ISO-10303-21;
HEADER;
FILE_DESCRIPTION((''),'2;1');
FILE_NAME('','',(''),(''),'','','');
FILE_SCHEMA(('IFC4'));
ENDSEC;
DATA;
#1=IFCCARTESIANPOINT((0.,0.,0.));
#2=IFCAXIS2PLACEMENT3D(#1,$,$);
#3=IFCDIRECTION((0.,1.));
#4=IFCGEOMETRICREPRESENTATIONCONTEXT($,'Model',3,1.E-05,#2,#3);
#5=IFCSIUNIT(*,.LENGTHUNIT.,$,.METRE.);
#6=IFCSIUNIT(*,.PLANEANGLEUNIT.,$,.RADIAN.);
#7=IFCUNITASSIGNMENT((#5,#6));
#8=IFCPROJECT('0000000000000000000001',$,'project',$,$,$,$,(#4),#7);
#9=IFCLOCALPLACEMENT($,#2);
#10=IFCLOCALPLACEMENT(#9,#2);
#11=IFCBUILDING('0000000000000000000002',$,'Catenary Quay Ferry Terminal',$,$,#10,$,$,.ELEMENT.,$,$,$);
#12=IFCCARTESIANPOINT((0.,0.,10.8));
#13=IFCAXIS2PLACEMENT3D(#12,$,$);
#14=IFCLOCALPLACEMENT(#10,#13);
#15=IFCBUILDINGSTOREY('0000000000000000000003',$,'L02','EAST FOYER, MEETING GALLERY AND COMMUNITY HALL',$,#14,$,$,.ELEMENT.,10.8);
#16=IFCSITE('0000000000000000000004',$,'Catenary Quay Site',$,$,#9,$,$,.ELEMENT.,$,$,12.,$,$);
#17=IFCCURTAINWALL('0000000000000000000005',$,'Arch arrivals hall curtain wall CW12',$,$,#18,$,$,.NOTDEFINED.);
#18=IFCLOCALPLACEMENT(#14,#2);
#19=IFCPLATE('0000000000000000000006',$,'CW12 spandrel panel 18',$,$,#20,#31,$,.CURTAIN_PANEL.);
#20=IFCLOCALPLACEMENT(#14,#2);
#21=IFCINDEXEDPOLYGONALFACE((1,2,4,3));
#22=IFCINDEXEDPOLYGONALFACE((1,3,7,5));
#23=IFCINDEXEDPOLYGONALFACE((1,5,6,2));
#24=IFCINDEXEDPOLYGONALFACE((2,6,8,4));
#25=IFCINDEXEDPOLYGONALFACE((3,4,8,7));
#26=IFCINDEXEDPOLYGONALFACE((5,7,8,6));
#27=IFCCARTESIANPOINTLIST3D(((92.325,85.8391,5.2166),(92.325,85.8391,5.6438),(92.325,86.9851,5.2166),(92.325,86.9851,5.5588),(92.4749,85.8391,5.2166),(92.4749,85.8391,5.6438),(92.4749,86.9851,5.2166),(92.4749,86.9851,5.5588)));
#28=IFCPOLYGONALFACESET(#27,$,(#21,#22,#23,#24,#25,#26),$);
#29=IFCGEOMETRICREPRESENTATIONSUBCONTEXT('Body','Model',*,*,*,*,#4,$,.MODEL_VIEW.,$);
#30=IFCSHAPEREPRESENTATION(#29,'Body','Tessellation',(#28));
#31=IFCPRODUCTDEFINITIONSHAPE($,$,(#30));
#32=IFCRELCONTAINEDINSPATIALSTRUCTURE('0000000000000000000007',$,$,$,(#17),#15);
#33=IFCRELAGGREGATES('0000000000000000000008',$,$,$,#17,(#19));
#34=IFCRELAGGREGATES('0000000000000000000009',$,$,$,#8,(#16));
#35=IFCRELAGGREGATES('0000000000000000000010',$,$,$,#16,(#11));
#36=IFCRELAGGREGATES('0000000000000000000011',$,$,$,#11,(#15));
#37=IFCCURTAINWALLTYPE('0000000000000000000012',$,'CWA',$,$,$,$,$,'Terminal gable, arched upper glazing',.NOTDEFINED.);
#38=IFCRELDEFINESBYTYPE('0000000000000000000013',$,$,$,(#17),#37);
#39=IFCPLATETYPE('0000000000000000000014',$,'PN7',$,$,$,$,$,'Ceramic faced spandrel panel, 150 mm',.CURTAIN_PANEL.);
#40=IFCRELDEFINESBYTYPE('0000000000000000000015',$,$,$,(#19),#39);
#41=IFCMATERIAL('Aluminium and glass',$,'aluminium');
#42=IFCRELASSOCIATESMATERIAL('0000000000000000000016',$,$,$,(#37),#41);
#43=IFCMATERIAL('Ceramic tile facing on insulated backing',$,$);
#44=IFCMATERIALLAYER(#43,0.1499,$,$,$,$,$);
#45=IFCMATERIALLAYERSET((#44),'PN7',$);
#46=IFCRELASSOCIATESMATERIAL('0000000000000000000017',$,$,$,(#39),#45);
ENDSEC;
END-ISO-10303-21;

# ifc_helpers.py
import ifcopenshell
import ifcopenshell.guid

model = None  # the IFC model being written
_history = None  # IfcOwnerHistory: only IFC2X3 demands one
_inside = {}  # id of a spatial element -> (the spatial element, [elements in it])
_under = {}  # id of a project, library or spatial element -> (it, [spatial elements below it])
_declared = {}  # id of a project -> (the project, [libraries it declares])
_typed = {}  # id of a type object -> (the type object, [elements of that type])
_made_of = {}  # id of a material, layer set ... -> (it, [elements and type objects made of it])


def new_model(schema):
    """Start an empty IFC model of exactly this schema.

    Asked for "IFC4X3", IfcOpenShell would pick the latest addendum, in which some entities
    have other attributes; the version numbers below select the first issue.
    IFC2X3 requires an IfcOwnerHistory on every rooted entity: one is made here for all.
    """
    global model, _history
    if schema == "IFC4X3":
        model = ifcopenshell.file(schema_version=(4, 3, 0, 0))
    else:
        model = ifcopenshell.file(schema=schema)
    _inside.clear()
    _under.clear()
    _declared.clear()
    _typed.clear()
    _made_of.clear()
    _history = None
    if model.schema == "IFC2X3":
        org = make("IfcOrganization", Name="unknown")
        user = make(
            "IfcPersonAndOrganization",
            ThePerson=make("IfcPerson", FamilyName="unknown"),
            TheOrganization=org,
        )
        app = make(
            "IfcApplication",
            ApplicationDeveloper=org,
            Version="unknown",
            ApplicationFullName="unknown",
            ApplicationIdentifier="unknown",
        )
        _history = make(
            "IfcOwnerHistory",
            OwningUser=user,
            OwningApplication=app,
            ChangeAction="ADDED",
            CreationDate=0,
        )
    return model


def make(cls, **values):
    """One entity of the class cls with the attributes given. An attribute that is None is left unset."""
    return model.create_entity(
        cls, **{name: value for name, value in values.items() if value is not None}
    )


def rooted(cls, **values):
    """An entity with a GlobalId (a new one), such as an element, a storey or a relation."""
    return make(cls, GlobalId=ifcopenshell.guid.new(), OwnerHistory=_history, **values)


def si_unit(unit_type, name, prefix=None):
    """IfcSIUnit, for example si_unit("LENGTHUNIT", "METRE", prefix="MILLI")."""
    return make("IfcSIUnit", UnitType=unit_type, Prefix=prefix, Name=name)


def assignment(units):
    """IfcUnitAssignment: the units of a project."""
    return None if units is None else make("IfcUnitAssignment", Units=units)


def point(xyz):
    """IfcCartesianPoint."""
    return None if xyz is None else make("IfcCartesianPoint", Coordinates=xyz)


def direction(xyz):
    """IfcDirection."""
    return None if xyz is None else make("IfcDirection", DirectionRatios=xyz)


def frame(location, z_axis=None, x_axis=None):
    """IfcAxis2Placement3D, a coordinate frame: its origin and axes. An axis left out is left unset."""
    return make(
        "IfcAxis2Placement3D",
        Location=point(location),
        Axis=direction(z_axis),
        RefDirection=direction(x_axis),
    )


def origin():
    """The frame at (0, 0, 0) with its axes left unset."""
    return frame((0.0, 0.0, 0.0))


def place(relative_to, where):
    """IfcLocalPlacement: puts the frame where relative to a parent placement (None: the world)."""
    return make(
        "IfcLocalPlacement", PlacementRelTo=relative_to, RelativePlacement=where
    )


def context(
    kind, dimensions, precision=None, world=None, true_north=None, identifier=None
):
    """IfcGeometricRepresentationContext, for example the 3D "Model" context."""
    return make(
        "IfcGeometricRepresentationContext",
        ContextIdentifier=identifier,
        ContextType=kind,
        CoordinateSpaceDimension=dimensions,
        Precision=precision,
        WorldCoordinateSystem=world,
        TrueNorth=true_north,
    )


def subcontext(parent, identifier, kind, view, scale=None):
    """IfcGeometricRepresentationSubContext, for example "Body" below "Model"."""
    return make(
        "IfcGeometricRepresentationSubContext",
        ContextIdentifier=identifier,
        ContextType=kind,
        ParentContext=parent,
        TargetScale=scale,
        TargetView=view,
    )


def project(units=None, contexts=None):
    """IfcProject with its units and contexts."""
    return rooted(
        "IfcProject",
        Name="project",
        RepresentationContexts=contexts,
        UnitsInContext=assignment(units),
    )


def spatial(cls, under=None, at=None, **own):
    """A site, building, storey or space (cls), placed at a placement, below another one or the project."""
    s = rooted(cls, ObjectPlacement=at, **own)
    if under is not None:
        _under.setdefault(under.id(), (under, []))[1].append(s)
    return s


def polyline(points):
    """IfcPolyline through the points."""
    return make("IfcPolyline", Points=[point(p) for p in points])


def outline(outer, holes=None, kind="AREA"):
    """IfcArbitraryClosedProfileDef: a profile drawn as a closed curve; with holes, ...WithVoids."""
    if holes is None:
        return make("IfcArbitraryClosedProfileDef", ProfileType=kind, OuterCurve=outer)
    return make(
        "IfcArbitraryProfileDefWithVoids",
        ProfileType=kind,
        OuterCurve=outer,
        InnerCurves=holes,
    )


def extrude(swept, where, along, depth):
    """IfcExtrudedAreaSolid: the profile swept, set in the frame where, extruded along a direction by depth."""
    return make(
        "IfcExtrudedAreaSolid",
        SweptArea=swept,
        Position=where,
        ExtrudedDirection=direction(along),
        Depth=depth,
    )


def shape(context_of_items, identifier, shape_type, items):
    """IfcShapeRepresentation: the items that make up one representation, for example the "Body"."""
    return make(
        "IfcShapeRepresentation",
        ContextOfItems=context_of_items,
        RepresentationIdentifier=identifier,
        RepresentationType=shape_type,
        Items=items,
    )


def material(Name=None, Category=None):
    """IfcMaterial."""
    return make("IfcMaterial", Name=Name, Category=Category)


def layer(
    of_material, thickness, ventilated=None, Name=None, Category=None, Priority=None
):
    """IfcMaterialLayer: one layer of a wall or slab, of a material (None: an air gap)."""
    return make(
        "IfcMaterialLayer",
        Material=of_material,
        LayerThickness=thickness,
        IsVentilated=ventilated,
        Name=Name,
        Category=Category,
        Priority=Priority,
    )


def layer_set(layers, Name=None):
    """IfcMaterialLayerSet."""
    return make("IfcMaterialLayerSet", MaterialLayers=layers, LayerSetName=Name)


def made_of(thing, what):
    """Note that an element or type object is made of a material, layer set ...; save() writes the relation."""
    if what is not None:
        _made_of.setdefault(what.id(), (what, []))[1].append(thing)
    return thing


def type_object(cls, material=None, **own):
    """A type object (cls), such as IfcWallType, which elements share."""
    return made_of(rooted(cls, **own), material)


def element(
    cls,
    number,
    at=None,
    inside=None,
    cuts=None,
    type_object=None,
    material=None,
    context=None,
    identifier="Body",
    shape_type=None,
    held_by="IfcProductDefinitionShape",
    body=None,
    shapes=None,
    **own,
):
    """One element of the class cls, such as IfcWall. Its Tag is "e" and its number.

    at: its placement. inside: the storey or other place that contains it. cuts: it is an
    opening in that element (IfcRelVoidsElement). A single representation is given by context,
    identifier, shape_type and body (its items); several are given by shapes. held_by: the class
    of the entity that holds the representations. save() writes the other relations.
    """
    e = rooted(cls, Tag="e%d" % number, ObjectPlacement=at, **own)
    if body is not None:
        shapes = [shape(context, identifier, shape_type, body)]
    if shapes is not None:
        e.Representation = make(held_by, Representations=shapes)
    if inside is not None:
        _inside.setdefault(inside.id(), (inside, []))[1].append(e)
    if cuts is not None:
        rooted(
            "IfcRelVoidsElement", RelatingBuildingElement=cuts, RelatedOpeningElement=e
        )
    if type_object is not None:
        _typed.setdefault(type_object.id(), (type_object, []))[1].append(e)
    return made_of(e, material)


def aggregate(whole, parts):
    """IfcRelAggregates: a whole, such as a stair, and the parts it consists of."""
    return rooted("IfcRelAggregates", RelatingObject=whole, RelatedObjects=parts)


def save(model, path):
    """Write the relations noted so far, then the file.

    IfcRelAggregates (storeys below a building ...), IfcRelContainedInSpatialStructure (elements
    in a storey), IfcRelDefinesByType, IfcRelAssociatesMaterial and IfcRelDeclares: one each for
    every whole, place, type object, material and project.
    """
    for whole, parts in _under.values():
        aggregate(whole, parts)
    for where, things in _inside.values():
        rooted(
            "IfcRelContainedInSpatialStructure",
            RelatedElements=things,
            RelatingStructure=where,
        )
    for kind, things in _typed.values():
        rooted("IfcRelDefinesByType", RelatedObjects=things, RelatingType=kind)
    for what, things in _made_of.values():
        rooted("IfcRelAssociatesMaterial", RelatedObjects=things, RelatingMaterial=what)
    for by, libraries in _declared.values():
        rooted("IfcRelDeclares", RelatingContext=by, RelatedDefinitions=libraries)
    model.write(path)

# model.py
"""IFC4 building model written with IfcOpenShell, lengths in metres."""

from ifc_helpers import new_model, si_unit, direction, frame, origin, place, context, subcontext, project, spatial, polyline, outline, extrude, material, layer, layer_set, type_object, element, aggregate, save


model = new_model("IFC4")

# Units and contexts
model_context = context("Model", 3, precision=1e-05, world=origin(), true_north=direction((0.0, 1.0)))
body_context = subcontext(model_context, "Body", "Model", "MODEL_VIEW")
ifc_project = project(units=[si_unit("LENGTHUNIT", "METRE"), si_unit("PLANEANGLEUNIT", "RADIAN")], contexts=[model_context])

# Site, building, storey
site_placement = place(None, origin())
site = spatial("IfcSite", under=ifc_project, at=site_placement, Name="Catenary Quay Site", CompositionType="ELEMENT", RefElevation=12.0)
building_placement = place(site_placement, origin())
building = spatial("IfcBuilding", under=site, at=building_placement, Name="Catenary Quay Ferry Terminal", CompositionType="ELEMENT")
storey_placement = place(building_placement, frame((0.0, 0.0, 10.8)))
storey = spatial("IfcBuildingStorey", under=building, at=storey_placement, Name="L02", Description="EAST FOYER, MEETING GALLERY AND COMMUNITY HALL", CompositionType="ELEMENT", Elevation=10.8)

# Curtain wall
ifc_material_1 = material(Name="Aluminium and glass", Category="aluminium")
curtain_wall_type = type_object("IfcCurtainWallType", Name="CWA", ElementType="Terminal gable, arched upper glazing", PredefinedType="NOTDEFINED", material=ifc_material_1)
curtain_wall_placement = place(storey_placement, origin())
curtain_wall = element("IfcCurtainWall", 1, at=curtain_wall_placement, inside=storey, type_object=curtain_wall_type, Name="Arch arrivals hall curtain wall CW12", PredefinedType="NOTDEFINED")

# Plate
ifc_material_2 = material(Name="Ceramic tile facing on insulated backing")
ifc_layer_1 = layer(ifc_material_2, 0.1499)
ifc_layer_set_1 = layer_set([ifc_layer_1], Name="PN7")
plate_type_1 = type_object("IfcPlateType", Name="PN7", ElementType="Ceramic faced spandrel panel, 150 mm", PredefinedType="CURTAIN_PANEL", material=ifc_layer_set_1)
plate_1_placement = place(storey_placement, frame((92.3999, 85.8391, 5.2166), z_axis=(0.0, 0.0, 1.0), x_axis=(0.0, 1.0, 0.0)))
plate_1 = element("IfcPlate", 2, at=plate_1_placement, type_object=plate_type_1, Name="CW12 spandrel panel 18", PredefinedType="CURTAIN_PANEL", context=body_context, shape_type="SweptSolid", body=[
    extrude(outline(polyline([(0.0, 0.0), (1.146, 0.0), (1.146, 0.3423), (0.0, 0.4272), (0.0, 0.0)])), frame((0.0, 0.075, 0.0), z_axis=(0.0, -1.0, 0.0), x_axis=(1.0, 0.0, 0.0)), (0.0, 0.0, 1.0), 0.1499),
])
aggregate(curtain_wall, [plate_1])

save(model, "model.ifc")
